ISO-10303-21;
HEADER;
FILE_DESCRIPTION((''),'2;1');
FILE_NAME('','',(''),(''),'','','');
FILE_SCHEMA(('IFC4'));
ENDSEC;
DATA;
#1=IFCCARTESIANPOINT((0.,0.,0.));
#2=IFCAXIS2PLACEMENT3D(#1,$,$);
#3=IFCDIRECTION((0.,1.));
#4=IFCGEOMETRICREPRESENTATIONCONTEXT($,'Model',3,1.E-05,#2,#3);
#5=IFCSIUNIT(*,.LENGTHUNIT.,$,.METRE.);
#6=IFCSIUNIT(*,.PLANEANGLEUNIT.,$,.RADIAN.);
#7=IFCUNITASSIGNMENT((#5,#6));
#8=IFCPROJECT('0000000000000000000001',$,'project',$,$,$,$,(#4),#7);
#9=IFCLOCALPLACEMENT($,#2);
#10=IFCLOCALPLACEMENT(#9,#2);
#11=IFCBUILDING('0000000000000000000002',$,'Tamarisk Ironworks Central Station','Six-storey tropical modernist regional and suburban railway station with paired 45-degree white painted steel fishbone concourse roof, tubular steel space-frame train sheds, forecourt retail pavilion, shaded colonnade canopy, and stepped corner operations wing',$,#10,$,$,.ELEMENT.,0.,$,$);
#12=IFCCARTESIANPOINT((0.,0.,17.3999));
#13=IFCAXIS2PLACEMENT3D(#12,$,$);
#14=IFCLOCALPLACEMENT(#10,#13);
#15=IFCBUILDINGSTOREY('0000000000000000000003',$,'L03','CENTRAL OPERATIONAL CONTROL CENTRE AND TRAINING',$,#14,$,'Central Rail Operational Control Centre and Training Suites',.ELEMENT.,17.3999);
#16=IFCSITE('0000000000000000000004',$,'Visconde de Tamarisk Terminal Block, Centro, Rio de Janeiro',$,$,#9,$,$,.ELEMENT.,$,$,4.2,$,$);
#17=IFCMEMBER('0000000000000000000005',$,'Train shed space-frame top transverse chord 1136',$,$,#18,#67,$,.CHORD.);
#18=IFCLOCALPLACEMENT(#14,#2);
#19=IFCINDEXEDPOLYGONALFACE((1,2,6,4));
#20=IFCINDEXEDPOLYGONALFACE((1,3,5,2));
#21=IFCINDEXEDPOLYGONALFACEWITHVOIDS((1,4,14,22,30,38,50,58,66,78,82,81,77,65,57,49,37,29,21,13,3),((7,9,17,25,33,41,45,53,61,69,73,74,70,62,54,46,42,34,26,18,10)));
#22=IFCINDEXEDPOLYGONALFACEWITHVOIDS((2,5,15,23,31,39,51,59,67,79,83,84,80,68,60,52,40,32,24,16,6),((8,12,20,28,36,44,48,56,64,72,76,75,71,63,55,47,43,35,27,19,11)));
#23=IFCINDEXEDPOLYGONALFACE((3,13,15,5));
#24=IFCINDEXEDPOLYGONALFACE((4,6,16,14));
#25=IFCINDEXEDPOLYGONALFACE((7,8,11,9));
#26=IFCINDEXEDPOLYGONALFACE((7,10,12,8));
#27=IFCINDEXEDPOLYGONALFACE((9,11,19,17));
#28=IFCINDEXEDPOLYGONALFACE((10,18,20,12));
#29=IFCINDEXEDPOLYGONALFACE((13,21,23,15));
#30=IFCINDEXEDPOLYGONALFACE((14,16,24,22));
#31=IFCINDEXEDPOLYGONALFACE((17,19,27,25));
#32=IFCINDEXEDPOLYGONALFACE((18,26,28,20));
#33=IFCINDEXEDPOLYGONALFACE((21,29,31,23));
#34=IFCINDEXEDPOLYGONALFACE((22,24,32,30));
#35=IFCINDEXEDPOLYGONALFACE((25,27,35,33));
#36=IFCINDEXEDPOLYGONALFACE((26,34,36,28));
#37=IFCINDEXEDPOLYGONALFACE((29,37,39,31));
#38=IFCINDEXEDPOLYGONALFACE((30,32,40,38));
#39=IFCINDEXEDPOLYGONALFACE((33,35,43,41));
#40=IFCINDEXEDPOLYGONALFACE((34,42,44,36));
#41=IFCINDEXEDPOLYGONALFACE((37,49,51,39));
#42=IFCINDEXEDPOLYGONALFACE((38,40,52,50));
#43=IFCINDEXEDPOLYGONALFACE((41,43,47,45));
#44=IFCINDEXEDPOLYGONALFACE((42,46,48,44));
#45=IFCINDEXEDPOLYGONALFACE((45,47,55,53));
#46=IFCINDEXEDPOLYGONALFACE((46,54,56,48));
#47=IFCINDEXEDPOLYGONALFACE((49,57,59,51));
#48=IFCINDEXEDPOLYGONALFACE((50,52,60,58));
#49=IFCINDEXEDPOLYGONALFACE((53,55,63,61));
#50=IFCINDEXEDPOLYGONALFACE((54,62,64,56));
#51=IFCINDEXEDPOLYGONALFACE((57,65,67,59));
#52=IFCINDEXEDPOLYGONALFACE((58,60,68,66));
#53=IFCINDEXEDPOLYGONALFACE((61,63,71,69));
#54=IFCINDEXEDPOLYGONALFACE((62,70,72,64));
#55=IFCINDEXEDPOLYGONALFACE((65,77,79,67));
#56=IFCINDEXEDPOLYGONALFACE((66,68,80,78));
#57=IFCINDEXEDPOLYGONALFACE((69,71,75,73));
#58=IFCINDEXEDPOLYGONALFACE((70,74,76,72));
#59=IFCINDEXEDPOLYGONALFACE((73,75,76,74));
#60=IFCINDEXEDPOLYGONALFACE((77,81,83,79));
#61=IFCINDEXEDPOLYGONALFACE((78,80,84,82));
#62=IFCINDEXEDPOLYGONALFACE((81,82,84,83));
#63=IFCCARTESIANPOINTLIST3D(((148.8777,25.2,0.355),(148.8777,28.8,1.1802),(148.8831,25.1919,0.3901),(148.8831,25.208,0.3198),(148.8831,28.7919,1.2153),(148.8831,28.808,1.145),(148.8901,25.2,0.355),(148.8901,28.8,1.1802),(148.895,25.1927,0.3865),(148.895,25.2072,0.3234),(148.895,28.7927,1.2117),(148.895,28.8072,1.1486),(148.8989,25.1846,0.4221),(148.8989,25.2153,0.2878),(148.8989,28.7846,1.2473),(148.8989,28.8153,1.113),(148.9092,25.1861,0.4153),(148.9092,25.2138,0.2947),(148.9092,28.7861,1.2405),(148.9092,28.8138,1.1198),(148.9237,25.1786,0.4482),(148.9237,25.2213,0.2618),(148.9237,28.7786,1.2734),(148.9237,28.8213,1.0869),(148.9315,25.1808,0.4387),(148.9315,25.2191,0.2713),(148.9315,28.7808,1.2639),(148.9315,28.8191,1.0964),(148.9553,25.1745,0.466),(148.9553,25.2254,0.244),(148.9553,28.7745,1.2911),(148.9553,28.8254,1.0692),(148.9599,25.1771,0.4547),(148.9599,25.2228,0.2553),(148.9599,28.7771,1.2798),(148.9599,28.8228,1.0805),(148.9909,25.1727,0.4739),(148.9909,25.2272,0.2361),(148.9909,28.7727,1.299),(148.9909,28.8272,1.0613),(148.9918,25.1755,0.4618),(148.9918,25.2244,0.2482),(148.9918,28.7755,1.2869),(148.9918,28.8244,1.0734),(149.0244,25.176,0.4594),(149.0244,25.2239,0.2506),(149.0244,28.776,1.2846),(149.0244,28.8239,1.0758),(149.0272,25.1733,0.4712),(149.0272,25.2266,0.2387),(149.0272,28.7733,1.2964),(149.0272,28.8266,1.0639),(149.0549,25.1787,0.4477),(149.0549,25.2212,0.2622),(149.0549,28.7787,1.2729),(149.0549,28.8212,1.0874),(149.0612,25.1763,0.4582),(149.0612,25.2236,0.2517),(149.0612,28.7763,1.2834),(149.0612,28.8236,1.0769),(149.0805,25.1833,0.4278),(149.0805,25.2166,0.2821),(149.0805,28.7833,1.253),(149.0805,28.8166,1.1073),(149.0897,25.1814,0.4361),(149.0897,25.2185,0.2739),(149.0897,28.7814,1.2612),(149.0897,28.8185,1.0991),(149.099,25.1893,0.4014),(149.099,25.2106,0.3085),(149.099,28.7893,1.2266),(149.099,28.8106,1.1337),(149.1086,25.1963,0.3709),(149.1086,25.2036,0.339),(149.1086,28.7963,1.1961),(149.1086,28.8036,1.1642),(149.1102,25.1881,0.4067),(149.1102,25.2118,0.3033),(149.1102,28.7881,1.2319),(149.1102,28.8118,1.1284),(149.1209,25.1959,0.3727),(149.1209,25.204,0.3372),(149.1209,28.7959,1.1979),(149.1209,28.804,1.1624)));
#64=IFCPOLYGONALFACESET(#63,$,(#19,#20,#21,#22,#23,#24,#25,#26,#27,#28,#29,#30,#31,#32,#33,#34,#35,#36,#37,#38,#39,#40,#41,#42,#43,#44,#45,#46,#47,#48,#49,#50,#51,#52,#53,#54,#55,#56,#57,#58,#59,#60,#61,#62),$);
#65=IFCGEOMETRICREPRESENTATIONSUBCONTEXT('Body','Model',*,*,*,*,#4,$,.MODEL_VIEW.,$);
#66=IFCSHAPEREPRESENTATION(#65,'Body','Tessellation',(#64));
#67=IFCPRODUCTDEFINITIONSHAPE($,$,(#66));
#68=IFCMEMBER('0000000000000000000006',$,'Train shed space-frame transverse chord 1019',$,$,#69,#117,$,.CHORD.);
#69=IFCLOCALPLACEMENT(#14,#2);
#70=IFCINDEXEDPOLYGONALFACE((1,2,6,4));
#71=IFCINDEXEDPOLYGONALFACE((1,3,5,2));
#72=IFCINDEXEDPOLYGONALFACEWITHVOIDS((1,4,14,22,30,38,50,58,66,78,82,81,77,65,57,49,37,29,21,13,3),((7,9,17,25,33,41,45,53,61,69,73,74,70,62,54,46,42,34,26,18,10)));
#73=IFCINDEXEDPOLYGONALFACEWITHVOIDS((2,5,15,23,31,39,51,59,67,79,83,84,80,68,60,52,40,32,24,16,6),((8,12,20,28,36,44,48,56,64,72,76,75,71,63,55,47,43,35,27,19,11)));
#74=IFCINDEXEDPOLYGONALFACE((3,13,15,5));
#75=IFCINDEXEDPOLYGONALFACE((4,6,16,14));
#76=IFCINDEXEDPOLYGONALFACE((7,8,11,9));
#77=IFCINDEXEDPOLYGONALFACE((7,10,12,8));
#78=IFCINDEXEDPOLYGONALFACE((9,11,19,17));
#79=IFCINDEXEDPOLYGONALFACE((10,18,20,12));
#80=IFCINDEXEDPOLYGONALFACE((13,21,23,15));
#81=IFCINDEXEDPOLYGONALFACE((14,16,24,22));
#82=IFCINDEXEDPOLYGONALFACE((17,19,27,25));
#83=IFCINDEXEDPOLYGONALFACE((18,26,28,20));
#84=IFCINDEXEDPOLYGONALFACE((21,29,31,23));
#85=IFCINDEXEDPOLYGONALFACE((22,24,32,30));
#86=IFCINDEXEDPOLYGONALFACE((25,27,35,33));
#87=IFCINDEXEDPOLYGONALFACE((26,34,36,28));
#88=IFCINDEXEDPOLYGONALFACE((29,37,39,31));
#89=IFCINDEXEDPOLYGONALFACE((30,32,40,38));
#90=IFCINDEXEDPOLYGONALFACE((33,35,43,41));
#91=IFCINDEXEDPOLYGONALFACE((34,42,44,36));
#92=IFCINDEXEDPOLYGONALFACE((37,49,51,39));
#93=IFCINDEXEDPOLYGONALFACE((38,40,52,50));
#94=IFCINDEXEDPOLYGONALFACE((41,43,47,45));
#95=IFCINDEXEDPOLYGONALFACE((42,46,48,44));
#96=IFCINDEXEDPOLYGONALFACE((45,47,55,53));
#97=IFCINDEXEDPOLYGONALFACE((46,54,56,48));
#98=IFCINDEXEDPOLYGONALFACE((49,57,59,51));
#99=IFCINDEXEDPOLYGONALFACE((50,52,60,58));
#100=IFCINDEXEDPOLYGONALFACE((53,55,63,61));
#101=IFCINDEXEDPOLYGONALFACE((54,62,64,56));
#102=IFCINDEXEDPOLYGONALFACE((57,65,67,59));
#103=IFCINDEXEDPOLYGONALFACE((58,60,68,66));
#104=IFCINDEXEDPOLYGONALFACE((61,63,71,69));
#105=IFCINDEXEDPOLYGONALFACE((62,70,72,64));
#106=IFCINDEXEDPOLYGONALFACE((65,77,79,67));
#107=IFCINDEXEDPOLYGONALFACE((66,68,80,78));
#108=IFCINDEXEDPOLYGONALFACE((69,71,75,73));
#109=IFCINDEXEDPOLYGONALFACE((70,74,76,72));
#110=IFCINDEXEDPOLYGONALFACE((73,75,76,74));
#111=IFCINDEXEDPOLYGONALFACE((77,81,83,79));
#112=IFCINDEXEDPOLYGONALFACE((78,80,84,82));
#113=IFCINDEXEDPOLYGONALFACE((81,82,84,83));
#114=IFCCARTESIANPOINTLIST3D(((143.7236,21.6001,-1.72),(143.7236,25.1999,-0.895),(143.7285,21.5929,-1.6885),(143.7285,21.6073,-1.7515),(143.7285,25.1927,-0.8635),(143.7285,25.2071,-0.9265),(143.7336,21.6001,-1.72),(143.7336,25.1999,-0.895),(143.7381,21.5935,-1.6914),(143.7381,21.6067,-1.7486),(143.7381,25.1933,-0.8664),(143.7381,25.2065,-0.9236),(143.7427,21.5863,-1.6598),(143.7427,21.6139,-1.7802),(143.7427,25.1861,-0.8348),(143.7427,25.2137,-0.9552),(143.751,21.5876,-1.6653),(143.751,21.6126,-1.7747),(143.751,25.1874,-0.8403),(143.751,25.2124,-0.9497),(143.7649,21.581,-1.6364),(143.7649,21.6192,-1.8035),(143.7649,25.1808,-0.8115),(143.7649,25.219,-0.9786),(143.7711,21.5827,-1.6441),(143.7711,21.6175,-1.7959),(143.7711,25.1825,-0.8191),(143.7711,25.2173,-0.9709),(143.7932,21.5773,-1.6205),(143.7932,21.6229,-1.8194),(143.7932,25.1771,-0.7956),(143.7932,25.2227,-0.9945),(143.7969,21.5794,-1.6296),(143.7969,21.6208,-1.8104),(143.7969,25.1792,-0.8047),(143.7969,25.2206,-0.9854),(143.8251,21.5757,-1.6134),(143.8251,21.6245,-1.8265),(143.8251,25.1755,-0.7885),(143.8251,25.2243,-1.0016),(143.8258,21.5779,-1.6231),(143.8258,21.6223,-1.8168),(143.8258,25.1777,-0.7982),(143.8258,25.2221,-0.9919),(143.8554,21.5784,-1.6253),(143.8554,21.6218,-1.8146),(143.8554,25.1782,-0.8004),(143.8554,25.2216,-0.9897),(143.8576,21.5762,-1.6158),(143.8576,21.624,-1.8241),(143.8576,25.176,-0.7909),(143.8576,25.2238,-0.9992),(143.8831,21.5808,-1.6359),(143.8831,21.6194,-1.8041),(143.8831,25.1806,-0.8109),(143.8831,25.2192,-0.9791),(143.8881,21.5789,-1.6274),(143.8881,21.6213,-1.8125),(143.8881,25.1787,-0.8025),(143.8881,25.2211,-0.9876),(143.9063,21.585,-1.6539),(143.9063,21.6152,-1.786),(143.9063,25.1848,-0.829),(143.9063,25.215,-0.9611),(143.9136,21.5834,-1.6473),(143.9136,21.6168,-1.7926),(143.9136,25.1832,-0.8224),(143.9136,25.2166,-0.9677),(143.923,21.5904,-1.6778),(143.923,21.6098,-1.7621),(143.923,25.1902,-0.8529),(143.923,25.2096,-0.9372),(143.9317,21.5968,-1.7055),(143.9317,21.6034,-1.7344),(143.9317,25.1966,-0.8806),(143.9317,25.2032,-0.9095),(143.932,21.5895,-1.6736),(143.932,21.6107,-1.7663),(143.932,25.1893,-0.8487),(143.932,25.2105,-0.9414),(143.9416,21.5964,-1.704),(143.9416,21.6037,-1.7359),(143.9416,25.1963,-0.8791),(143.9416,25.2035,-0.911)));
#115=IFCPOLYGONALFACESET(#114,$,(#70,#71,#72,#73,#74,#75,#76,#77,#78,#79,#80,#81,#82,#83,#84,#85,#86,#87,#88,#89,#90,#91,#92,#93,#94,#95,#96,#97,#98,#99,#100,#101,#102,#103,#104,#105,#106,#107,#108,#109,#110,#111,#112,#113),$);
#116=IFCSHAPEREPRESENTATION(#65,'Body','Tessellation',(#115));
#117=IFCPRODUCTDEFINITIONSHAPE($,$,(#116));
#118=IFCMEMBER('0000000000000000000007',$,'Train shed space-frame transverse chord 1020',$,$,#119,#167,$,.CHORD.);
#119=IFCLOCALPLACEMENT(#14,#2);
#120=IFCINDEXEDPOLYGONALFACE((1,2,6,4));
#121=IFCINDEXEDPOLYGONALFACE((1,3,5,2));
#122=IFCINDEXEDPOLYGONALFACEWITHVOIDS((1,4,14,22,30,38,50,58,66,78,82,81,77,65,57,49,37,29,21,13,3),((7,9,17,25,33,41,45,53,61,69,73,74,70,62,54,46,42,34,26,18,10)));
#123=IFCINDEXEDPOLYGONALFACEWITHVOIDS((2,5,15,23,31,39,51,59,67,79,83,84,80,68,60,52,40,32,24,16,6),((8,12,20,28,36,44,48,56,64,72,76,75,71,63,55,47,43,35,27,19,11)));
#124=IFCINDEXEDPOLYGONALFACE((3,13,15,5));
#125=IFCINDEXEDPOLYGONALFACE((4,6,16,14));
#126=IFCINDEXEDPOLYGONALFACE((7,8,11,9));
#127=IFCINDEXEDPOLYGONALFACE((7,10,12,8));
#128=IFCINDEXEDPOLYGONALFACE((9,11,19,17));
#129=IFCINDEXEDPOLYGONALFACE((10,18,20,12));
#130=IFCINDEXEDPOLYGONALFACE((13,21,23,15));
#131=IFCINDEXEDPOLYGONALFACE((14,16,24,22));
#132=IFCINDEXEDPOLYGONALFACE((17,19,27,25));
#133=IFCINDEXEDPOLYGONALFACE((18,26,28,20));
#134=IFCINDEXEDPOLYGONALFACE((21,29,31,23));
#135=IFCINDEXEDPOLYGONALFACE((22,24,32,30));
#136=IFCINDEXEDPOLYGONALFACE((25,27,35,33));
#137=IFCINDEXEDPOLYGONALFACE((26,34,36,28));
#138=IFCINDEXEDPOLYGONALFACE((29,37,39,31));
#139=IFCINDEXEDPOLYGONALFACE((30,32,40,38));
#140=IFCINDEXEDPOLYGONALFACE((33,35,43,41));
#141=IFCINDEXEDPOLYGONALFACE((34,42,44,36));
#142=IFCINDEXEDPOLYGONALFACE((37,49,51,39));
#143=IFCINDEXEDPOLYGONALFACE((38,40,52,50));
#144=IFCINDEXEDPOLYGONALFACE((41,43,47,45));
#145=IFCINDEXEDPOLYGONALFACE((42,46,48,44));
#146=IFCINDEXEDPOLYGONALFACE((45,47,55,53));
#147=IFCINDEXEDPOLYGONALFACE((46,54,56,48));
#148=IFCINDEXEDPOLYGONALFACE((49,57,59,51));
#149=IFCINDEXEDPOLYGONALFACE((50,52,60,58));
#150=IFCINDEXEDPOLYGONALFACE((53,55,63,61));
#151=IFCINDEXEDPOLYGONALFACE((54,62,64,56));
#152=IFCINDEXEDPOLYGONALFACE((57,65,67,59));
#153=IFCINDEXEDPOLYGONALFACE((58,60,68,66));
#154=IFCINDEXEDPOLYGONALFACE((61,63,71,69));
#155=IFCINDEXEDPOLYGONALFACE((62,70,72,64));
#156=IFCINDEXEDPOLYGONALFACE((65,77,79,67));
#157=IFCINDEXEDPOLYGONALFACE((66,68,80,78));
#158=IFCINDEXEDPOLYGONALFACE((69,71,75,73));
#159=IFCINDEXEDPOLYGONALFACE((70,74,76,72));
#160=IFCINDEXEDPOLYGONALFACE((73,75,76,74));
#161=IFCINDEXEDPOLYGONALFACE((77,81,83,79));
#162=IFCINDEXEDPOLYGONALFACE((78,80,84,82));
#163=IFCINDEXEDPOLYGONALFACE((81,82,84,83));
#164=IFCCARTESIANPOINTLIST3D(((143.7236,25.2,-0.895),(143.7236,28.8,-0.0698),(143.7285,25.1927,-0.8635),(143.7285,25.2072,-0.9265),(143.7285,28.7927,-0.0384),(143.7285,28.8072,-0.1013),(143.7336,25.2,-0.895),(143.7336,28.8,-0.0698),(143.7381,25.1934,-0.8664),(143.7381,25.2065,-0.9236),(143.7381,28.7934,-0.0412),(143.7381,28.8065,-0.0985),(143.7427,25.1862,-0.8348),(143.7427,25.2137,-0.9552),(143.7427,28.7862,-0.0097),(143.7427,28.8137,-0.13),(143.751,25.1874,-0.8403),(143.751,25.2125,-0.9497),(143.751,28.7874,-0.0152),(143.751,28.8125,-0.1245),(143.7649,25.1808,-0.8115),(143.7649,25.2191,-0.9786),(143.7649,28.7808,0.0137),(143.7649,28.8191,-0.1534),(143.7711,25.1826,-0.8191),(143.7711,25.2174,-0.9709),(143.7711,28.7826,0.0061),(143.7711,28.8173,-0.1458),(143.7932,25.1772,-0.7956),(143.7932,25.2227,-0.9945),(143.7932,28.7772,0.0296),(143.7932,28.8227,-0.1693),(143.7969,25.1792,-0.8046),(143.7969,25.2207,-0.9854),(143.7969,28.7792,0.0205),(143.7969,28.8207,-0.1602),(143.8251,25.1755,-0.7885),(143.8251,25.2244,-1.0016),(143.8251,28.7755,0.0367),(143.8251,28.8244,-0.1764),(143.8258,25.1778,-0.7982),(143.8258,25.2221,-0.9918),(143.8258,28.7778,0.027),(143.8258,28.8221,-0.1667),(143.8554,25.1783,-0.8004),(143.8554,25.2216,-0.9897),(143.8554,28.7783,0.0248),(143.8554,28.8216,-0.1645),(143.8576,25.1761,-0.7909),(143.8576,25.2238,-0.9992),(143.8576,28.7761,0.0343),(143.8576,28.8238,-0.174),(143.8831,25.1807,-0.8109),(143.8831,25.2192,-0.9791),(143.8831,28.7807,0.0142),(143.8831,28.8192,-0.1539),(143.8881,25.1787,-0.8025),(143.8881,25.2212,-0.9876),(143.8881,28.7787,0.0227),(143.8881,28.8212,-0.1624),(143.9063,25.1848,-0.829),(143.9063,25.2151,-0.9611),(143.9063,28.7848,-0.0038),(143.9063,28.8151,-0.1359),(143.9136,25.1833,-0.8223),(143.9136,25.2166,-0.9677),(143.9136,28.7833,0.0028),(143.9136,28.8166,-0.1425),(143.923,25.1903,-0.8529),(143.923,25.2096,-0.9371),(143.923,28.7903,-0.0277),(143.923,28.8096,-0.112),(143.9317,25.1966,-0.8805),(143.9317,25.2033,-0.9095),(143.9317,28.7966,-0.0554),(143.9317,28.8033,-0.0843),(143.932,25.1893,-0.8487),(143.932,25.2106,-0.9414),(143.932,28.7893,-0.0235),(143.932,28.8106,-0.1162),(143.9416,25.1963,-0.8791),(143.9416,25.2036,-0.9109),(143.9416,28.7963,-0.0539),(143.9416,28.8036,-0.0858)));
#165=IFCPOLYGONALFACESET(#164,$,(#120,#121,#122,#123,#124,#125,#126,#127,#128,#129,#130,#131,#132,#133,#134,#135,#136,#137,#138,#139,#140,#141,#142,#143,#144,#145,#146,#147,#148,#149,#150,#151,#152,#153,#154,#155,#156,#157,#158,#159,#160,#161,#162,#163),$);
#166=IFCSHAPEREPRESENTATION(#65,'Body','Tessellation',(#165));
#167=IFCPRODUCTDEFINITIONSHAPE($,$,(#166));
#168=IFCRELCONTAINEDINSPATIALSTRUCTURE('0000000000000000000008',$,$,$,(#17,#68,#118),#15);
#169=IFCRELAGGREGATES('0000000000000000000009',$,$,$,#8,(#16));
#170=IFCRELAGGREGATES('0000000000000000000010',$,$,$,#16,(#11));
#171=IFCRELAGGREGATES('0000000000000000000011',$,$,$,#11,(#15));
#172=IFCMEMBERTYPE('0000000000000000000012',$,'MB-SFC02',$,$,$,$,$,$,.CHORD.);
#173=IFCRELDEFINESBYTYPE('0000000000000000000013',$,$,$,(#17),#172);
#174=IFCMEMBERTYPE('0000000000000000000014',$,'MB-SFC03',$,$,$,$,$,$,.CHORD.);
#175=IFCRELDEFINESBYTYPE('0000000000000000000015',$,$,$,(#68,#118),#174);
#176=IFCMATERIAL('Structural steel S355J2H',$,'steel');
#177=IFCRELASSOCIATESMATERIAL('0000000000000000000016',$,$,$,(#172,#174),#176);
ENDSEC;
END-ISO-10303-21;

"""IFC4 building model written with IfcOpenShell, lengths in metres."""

from ifc_helpers import new_model, si_unit, direction, frame, origin, origin_2d, place, context, subcontext, project, spatial, hollow_circle, extrude, material, material_profile, profile_set, type_object, element, save


model = new_model("IFC4")

# Units and contexts
model_context = context("Model", 3, precision=1e-05, world=origin(), true_north=direction((0.0, 1.0)))
body_context = subcontext(model_context, "Body", "Model", "MODEL_VIEW")
ifc_project = project(units=[si_unit("LENGTHUNIT", "METRE"), si_unit("PLANEANGLEUNIT", "RADIAN")], contexts=[model_context])

# Site, building, storey
site_placement = place(None, origin())
site = spatial("IfcSite", under=ifc_project, at=site_placement, Name="Visconde de Tamarisk Terminal Block, Centro, Rio de Janeiro", CompositionType="ELEMENT", RefElevation=4.2)
building_placement = place(site_placement, origin())
building = spatial("IfcBuilding", under=site, at=building_placement, Name="Tamarisk Ironworks Central Station", Description="Six-storey tropical modernist regional and suburban railway station with paired 45-degree white painted steel fishbone concourse roof, tubular steel space-frame train sheds, forecourt retail pavilion, shaded colonnade canopy, and stepped corner operations wing", CompositionType="ELEMENT", ElevationOfRefHeight=0.0)
storey_placement = place(building_placement, frame((0.0, 0.0, 17.3999)))
storey = spatial("IfcBuildingStorey", under=building, at=storey_placement, Name="L03", Description="CENTRAL OPERATIONAL CONTROL CENTRE AND TRAINING", LongName="Central Rail Operational Control Centre and Training Suites", CompositionType="ELEMENT", Elevation=17.3999)

# Members
ifc_material_1 = material(Name="Structural steel S355J2H", Category="steel")
ifc_material_profile_1 = material_profile(ifc_material_1, hollow_circle(Radius=0.1223, WallThickness=0.0125, at=origin_2d()), Name="CHS 244.5x12.5")
ifc_profile_set_1 = profile_set([ifc_material_profile_1], Name="Structural steel S355J2H")
member_type_1 = type_object("IfcMemberType", Name="MB-SFC02", PredefinedType="CHORD", material=ifc_profile_set_1)
member_1_placement = place(storey_placement, frame((149.0, 25.2, 0.355), z_axis=(0.0, 0.974722, 0.223421), x_axis=(-1.0, 0.0, 0.0)))
element("IfcMember", 1, at=member_1_placement, inside=storey, type_object=member_type_1, Name="Train shed space-frame top transverse chord 1136", PredefinedType="CHORD", context=body_context, shape_type="SweptSolid", body=[
    extrude(hollow_circle(Radius=0.1223, WallThickness=0.0125, at=origin_2d()), origin(), (0.0, 0.0, 1.0), 3.6934),
])
ifc_material_profile_2 = material_profile(ifc_material_1, hollow_circle(Radius=0.1096, WallThickness=0.01, at=origin_2d()), Name="CHS 219.1x10")
ifc_profile_set_2 = profile_set([ifc_material_profile_2], Name="Structural steel S355J2H")
member_type_2 = type_object("IfcMemberType", Name="MB-SFC03", PredefinedType="CHORD", material=ifc_profile_set_2)
member_2_placement = place(storey_placement, frame((143.8333, 21.6001, -1.72), z_axis=(0.0, 0.974733, 0.223372), x_axis=(-1.0, 0.0, 0.0)))
element("IfcMember", 2, at=member_2_placement, inside=storey, type_object=member_type_2, Name="Train shed space-frame transverse chord 1019", PredefinedType="CHORD", context=body_context, shape_type="SweptSolid", body=[
    extrude(hollow_circle(Radius=0.1096, WallThickness=0.01, at=origin_2d()), origin(), (0.0, 0.0, 1.0), 3.6931),
])
member_3_placement = place(storey_placement, frame((143.8333, 25.2, -0.895), z_axis=(0.0, 0.974722, 0.223421), x_axis=(-1.0, 0.0, 0.0)))
element("IfcMember", 3, at=member_3_placement, inside=storey, type_object=member_type_2, Name="Train shed space-frame transverse chord 1020", PredefinedType="CHORD", context=body_context, shape_type="SweptSolid", body=[
    extrude(hollow_circle(Radius=0.1096, WallThickness=0.01, at=origin_2d()), origin(), (0.0, 0.0, 1.0), 3.6934),
])

save(model, "model.ifc")
